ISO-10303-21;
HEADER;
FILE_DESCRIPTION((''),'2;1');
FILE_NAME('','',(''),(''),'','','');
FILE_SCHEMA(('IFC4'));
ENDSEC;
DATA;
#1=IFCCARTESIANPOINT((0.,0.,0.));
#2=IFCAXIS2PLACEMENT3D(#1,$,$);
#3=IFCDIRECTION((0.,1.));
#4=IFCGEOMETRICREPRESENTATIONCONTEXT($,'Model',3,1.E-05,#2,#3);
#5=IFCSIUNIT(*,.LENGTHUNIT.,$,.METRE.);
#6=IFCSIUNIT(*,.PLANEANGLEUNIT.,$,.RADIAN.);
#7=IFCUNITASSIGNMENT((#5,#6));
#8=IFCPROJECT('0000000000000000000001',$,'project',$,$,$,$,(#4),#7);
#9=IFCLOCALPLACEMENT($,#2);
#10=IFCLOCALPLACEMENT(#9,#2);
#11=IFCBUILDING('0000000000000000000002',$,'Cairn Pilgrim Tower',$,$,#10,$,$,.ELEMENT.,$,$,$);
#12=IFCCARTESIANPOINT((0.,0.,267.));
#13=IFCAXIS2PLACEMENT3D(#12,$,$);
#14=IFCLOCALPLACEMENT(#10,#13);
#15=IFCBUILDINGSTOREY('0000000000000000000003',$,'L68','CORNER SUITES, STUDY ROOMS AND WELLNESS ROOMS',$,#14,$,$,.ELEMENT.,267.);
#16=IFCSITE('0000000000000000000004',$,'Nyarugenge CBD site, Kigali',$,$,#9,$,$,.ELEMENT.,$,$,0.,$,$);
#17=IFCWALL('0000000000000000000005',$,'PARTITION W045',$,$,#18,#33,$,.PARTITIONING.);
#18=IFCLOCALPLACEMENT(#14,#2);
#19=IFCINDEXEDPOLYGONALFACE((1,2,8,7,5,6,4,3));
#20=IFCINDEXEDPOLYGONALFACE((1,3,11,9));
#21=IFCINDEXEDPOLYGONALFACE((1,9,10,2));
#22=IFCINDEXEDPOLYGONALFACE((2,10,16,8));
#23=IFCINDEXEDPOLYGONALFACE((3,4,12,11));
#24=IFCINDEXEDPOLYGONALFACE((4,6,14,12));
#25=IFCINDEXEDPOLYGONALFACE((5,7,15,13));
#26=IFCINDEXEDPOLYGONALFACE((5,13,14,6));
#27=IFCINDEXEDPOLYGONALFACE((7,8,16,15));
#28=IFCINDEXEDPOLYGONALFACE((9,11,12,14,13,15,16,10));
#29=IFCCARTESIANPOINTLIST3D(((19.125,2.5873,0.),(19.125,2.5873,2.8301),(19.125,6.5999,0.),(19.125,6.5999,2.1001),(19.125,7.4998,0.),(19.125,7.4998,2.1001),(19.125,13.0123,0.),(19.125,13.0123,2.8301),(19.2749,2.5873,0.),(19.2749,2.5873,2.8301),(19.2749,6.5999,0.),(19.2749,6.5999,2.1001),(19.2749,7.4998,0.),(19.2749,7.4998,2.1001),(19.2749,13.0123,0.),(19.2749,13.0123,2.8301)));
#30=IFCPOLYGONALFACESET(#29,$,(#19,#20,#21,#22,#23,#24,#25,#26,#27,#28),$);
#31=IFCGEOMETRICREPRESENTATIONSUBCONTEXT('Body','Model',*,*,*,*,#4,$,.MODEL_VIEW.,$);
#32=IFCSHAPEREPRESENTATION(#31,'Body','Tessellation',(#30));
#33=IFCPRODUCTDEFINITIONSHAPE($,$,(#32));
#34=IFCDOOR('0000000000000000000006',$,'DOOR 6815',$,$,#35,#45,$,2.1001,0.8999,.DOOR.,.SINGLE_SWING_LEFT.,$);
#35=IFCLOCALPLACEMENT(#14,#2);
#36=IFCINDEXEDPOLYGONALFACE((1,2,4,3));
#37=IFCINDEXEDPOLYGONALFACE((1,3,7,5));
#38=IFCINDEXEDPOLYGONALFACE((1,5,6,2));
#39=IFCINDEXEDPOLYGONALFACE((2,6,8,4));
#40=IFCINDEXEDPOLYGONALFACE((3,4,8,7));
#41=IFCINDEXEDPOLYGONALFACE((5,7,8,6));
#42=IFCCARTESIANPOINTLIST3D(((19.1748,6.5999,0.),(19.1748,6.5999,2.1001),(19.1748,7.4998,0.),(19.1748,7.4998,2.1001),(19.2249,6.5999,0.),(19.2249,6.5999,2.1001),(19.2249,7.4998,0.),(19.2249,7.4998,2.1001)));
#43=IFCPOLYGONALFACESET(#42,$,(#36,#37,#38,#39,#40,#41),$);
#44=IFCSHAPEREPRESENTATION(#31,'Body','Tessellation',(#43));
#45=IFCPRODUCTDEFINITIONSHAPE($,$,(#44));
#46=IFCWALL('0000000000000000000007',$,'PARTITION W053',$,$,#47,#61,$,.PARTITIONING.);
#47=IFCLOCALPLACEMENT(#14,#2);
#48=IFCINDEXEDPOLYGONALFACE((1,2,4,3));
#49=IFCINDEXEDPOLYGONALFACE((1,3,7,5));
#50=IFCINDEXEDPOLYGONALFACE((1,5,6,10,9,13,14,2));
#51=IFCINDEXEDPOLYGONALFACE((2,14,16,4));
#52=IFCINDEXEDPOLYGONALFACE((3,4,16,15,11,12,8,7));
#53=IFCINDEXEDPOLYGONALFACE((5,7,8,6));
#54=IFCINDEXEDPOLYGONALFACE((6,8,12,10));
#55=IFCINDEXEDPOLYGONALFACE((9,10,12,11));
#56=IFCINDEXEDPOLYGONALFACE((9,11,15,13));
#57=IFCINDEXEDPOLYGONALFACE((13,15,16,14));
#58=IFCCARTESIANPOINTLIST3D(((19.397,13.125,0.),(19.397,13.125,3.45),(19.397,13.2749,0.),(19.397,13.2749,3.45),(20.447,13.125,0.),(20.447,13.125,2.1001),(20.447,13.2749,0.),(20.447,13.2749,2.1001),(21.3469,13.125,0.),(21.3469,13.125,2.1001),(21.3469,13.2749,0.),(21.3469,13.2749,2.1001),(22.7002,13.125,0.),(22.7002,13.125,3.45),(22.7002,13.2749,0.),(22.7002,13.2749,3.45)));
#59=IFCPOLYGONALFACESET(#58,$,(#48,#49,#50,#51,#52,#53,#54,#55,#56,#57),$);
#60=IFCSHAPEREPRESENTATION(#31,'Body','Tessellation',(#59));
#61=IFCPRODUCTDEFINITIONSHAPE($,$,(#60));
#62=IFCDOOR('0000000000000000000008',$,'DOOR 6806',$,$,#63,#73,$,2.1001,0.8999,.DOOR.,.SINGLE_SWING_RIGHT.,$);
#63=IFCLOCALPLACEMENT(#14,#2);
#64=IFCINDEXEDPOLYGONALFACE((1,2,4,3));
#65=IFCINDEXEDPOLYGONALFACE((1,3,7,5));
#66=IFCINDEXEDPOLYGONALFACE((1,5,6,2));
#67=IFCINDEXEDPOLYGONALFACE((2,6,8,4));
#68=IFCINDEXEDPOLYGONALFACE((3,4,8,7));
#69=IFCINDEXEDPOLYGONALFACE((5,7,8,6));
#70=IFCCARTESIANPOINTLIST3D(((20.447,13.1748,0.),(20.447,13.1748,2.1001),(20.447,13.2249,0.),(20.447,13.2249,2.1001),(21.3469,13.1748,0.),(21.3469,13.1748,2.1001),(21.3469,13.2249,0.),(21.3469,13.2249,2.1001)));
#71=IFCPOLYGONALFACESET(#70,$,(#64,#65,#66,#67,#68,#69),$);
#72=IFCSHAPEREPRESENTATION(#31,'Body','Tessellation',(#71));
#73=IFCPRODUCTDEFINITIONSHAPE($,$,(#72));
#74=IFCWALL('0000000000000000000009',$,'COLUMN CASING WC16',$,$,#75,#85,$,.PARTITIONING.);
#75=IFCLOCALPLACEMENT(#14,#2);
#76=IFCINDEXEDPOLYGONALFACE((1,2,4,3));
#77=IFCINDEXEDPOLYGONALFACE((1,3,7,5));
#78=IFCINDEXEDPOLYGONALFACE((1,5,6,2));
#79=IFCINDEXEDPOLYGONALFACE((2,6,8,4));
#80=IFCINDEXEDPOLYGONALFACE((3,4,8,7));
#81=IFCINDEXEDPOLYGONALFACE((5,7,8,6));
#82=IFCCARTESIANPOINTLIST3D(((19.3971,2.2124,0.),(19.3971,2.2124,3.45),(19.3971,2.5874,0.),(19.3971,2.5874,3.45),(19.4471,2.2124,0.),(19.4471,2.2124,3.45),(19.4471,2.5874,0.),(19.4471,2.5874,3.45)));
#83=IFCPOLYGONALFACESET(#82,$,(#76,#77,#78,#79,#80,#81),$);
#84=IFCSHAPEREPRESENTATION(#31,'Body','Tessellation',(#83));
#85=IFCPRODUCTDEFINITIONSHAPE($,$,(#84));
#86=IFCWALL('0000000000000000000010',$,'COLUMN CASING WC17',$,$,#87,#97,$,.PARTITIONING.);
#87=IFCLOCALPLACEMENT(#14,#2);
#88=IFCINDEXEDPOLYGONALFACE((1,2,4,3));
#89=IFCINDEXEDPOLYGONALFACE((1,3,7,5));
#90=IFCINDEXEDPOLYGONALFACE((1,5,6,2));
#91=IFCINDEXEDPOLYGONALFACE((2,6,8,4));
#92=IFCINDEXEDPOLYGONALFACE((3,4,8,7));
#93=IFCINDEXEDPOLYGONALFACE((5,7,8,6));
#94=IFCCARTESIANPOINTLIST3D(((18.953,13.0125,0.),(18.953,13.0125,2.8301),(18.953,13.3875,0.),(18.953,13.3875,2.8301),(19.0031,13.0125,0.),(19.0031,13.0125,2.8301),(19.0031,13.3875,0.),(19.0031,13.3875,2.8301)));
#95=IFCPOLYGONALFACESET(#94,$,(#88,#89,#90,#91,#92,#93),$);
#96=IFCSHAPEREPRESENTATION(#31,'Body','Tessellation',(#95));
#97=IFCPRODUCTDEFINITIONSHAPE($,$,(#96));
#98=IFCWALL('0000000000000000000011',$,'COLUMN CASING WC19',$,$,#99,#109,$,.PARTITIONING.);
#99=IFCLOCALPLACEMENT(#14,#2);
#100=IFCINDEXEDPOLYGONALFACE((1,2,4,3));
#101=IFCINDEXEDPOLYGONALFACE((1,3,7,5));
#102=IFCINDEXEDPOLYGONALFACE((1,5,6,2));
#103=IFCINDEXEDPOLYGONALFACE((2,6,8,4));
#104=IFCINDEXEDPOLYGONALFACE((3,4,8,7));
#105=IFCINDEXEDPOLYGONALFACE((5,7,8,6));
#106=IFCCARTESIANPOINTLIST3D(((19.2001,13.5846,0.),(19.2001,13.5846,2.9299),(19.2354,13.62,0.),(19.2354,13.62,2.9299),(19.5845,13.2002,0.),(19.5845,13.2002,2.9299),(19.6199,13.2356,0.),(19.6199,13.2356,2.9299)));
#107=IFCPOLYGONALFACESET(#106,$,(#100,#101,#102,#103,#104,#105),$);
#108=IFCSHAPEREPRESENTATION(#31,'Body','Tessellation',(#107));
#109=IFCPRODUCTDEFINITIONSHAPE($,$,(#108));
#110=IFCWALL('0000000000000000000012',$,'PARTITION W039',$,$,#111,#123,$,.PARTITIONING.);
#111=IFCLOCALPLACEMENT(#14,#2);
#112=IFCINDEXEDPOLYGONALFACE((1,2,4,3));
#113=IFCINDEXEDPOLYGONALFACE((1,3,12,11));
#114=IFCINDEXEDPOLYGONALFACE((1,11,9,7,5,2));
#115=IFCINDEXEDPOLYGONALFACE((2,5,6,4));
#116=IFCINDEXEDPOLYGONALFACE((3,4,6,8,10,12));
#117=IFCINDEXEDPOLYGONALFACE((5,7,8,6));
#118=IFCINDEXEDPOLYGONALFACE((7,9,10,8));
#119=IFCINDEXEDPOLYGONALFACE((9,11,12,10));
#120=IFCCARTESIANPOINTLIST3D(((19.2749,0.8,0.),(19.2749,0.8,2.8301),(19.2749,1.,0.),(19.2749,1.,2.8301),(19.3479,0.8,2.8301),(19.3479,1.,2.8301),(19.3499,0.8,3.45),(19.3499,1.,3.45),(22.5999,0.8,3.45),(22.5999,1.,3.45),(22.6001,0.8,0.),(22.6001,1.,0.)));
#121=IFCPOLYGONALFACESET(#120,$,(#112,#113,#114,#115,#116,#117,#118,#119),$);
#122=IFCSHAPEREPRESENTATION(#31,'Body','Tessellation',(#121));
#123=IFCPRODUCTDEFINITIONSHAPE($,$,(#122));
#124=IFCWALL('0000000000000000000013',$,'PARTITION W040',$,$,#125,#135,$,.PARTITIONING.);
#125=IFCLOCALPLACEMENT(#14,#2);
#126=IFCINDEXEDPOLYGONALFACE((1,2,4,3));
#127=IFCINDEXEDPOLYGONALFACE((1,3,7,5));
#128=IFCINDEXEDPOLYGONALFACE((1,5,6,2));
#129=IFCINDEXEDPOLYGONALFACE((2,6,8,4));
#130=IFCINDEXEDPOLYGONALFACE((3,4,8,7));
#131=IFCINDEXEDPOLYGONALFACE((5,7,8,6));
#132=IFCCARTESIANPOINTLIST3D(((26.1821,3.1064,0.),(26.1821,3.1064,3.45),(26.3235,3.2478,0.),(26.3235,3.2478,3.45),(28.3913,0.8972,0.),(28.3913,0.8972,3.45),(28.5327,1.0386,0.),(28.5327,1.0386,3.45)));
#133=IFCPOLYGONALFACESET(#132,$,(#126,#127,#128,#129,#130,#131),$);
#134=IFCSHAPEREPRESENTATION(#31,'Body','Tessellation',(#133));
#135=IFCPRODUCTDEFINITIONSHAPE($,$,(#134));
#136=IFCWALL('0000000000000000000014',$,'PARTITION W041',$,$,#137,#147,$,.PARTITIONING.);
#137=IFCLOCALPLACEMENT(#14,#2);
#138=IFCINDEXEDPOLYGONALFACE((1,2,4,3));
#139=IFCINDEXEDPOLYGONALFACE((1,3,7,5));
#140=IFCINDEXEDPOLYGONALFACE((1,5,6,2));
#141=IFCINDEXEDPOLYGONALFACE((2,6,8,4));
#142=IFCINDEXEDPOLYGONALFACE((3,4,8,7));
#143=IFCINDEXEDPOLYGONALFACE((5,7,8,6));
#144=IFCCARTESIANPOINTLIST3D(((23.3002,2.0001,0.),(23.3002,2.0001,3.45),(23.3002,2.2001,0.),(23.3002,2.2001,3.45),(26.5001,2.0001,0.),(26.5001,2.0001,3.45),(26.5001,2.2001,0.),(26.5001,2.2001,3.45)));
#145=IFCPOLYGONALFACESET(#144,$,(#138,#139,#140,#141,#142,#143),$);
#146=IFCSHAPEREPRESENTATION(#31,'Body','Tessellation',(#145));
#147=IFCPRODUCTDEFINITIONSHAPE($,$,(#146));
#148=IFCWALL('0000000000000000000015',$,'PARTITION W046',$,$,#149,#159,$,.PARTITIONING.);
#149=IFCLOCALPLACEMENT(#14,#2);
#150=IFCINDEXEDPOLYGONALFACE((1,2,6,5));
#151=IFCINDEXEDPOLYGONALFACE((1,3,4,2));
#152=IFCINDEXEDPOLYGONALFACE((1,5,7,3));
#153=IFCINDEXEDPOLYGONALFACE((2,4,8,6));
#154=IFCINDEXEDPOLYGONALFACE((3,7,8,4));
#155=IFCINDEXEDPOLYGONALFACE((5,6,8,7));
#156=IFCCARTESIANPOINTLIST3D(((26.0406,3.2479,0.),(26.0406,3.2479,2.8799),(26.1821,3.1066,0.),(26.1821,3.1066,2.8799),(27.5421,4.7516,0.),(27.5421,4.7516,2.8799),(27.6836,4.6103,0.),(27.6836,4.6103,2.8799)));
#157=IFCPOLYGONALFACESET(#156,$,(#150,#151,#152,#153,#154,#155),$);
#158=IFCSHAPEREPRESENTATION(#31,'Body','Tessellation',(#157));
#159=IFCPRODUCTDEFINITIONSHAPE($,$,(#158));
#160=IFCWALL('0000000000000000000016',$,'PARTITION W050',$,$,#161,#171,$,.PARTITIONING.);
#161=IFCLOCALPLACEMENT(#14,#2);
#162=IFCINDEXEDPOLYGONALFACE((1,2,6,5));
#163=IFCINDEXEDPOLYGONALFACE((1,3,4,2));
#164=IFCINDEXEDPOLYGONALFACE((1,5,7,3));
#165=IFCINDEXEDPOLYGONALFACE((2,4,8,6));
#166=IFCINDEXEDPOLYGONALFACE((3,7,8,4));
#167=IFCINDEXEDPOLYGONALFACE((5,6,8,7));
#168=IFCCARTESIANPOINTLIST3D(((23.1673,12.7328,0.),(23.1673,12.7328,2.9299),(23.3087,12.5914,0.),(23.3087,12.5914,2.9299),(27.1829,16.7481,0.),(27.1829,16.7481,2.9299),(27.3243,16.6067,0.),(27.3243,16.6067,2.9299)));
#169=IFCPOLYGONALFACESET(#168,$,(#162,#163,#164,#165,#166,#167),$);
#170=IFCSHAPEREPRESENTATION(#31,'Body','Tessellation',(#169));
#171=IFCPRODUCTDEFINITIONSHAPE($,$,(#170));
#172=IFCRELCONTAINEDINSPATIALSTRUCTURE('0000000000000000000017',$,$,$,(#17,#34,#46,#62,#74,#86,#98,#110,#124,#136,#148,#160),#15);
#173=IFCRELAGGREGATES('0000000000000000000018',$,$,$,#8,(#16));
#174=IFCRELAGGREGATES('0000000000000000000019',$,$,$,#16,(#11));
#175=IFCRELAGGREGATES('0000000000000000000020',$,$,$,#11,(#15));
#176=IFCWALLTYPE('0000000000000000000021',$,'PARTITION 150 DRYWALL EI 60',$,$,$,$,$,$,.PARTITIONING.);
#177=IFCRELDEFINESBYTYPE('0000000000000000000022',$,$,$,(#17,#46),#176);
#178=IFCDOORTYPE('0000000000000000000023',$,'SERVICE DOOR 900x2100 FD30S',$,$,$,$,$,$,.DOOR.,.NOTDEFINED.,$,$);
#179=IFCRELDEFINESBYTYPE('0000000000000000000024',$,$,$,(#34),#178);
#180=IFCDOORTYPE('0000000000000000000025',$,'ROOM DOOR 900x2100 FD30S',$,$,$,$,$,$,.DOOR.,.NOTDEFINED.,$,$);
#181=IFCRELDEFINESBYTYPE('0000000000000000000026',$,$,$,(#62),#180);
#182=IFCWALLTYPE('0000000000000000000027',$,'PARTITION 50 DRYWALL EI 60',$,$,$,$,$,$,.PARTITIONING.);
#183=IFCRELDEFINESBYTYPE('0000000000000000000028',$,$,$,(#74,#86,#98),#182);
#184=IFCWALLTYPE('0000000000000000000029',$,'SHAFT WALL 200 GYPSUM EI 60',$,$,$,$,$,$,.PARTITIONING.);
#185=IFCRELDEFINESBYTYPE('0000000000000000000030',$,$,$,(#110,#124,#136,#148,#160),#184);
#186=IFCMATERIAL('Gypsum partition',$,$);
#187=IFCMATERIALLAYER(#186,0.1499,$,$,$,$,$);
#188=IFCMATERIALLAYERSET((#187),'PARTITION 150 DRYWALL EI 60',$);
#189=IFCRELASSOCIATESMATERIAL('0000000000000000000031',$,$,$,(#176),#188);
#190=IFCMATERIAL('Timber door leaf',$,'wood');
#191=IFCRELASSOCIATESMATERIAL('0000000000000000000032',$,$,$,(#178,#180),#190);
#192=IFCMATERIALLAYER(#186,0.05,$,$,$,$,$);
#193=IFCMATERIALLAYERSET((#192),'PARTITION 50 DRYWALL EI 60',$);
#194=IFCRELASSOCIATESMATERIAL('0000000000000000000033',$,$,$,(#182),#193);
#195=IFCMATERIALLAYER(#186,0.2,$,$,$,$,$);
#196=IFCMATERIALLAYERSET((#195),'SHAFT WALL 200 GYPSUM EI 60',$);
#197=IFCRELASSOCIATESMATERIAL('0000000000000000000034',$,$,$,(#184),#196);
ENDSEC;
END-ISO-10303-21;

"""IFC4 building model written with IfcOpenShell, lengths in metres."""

from ifc_helpers import new_model, si_unit, direction, frame, frame_2d, origin, place, context, subcontext, project, spatial, polyline, rectangle, outline, extrude, material, layer, layer_set, type_object, element, fill, save


model = new_model("IFC4")

# Units and contexts
model_context = context("Model", 3, precision=1e-05, world=origin(), true_north=direction((0.0, 1.0)))
body_context = subcontext(model_context, "Body", "Model", "MODEL_VIEW")
ifc_project = project(units=[si_unit("LENGTHUNIT", "METRE"), si_unit("PLANEANGLEUNIT", "RADIAN")], contexts=[model_context])

# Site, building, storey
site_placement = place(None, origin())
site = spatial("IfcSite", under=ifc_project, at=site_placement, Name="Nyarugenge CBD site, Kigali", CompositionType="ELEMENT", RefElevation=0.0)
building_placement = place(site_placement, origin())
building = spatial("IfcBuilding", under=site, at=building_placement, Name="Cairn Pilgrim Tower", CompositionType="ELEMENT")
storey_placement = place(building_placement, frame((0.0, 0.0, 267.0)))
storey = spatial("IfcBuildingStorey", under=building, at=storey_placement, Name="L68", Description="CORNER SUITES, STUDY ROOMS AND WELLNESS ROOMS", CompositionType="ELEMENT", Elevation=267.0)

# Walls, openings, doors
ifc_material_1 = material(Name="Gypsum partition")
ifc_material_2 = material(Name="Timber door leaf", Category="wood")
ifc_layer_1 = layer(ifc_material_1, 0.1499)
ifc_layer_set_1 = layer_set([ifc_layer_1], Name="PARTITION 150 DRYWALL EI 60")
wall_type_1 = type_object("IfcWallType", Name="PARTITION 150 DRYWALL EI 60", PredefinedType="PARTITIONING", material=ifc_layer_set_1)
wall_1_placement = place(storey_placement, frame((19.2, 2.5874, 0.0), z_axis=(0.0, 0.0, 1.0), x_axis=(0.0, 1.0, 0.0)))
wall_1 = element("IfcWall", 1, at=wall_1_placement, inside=storey, type_object=wall_type_1, Name="PARTITION W045", PredefinedType="PARTITIONING", context=body_context, shape_type="SweptSolid", body=[
    extrude(rectangle(XDim=10.425, YDim=0.1499, at=frame_2d((5.2124, 0.0))), origin(), (0.0, 0.0, 1.0), 2.8301),
])
opening_1_placement = place(wall_1_placement, frame((4.0125, 0.0, 0.0)))
opening_1 = element("IfcOpeningElement", 2, at=opening_1_placement, cuts=wall_1, PredefinedType="OPENING", context=body_context, shape_type="SweptSolid", body=[
    extrude(rectangle(XDim=0.8999, YDim=2.1001, at=frame_2d((0.45, 1.05))), frame((0.0, 0.085, 0.0), z_axis=(0.0, -1.0, 0.0), x_axis=(1.0, 0.0, 0.0)), (0.0, 0.0, 1.0), 0.1699),
])
door_type_1 = type_object("IfcDoorType", Name="SERVICE DOOR 900x2100 FD30S", OperationType="NOTDEFINED", PredefinedType="DOOR", material=ifc_material_2)
door_1_placement = place(opening_1_placement, frame((0.8999, 0.0, 0.0), z_axis=(0.0, 0.0, 1.0), x_axis=(-1.0, 0.0, 0.0)))
door_1 = element("IfcDoor", 3, at=door_1_placement, inside=storey, type_object=door_type_1, Name="DOOR 6815", OperationType="SINGLE_SWING_LEFT", OverallHeight=2.1001, OverallWidth=0.8999, PredefinedType="DOOR", context=body_context, shape_type="SweptSolid", body=[
    extrude(rectangle(XDim=0.8999, YDim=2.1001, at=frame_2d((0.45, 1.05))), frame((0.0, 0.0249, 0.0), z_axis=(0.0, -1.0, 0.0), x_axis=(1.0, 0.0, 0.0)), (0.0, 0.0, 1.0), 0.05),
])
fill(opening_1, door_1)
wall_2_placement = place(storey_placement, frame((19.397, 13.2, 0.0), z_axis=(0.0, 0.0, 1.0), x_axis=(1.0, 0.0, 0.0)))
wall_2 = element("IfcWall", 4, at=wall_2_placement, inside=storey, type_object=wall_type_1, Name="PARTITION W053", PredefinedType="PARTITIONING", context=body_context, shape_type="SweptSolid", body=[
    extrude(rectangle(XDim=3.3032, YDim=0.1499, at=frame_2d((1.6516, 0.0))), origin(), (0.0, 0.0, 1.0), 3.45),
])
opening_2_placement = place(wall_2_placement, frame((1.05, 0.0, 0.0)))
opening_2 = element("IfcOpeningElement", 5, at=opening_2_placement, cuts=wall_2, PredefinedType="OPENING", context=body_context, shape_type="SweptSolid", body=[
    extrude(rectangle(XDim=0.8999, YDim=2.1001, at=frame_2d((0.45, 1.05))), frame((0.0, 0.085, 0.0), z_axis=(0.0, -1.0, 0.0), x_axis=(1.0, 0.0, 0.0)), (0.0, 0.0, 1.0), 0.1699),
])
door_type_2 = type_object("IfcDoorType", Name="ROOM DOOR 900x2100 FD30S", OperationType="NOTDEFINED", PredefinedType="DOOR", material=ifc_material_2)
door_2_placement = place(opening_2_placement, origin())
door_2 = element("IfcDoor", 6, at=door_2_placement, inside=storey, type_object=door_type_2, Name="DOOR 6806", OperationType="SINGLE_SWING_RIGHT", OverallHeight=2.1001, OverallWidth=0.8999, PredefinedType="DOOR", context=body_context, shape_type="SweptSolid", body=[
    extrude(rectangle(XDim=0.8999, YDim=2.1001, at=frame_2d((0.45, 1.05))), frame((0.0, 0.0249, 0.0), z_axis=(0.0, -1.0, 0.0), x_axis=(1.0, 0.0, 0.0)), (0.0, 0.0, 1.0), 0.05),
])
fill(opening_2, door_2)

# Walls
ifc_layer_2 = layer(ifc_material_1, 0.05)
ifc_layer_set_2 = layer_set([ifc_layer_2], Name="PARTITION 50 DRYWALL EI 60")
wall_type_2 = type_object("IfcWallType", Name="PARTITION 50 DRYWALL EI 60", PredefinedType="PARTITIONING", material=ifc_layer_set_2)
wall_3_placement = place(storey_placement, frame((19.4221, 2.2124, 0.0), z_axis=(0.0, 0.0, 1.0), x_axis=(0.0, 1.0, 0.0)))
element("IfcWall", 7, at=wall_3_placement, inside=storey, type_object=wall_type_2, Name="COLUMN CASING WC16", PredefinedType="PARTITIONING", context=body_context, shape_type="SweptSolid", body=[
    extrude(rectangle(XDim=0.375, YDim=0.05, at=frame_2d((0.1875, 0.0))), origin(), (0.0, 0.0, 1.0), 3.45),
])
wall_4_placement = place(storey_placement, frame((18.978, 13.0125, 0.0), z_axis=(0.0, 0.0, 1.0), x_axis=(0.0, 1.0, 0.0)))
element("IfcWall", 8, at=wall_4_placement, inside=storey, type_object=wall_type_2, Name="COLUMN CASING WC17", PredefinedType="PARTITIONING", context=body_context, shape_type="SweptSolid", body=[
    extrude(rectangle(XDim=0.375, YDim=0.05, at=frame_2d((0.1875, 0.0))), origin(), (0.0, 0.0, 1.0), 2.8301),
])
wall_5_placement = place(storey_placement, frame((19.6023, 13.2178, 0.0), z_axis=(0.0, 0.0, 1.0), x_axis=(-0.707107, 0.707107, 0.0)))
element("IfcWall", 9, at=wall_5_placement, inside=storey, type_object=wall_type_2, Name="COLUMN CASING WC19", PredefinedType="PARTITIONING", context=body_context, shape_type="SweptSolid", body=[
    extrude(rectangle(XDim=0.5437, YDim=0.05, at=frame_2d((0.272, 0.0))), origin(), (0.0, 0.0, 1.0), 2.9299),
])
ifc_layer_3 = layer(ifc_material_1, 0.2)
ifc_layer_set_3 = layer_set([ifc_layer_3], Name="SHAFT WALL 200 GYPSUM EI 60")
wall_type_3 = type_object("IfcWallType", Name="SHAFT WALL 200 GYPSUM EI 60", PredefinedType="PARTITIONING", material=ifc_layer_set_3)
wall_6_placement = place(storey_placement, frame((19.2749, 0.8999, 0.0), z_axis=(0.0, 0.0, 1.0), x_axis=(1.0, 0.0, 0.0)))
element("IfcWall", 10, at=wall_6_placement, inside=storey, type_object=wall_type_3, Name="PARTITION W039", PredefinedType="PARTITIONING", context=body_context, shape_type="SweptSolid", body=[
    extrude(outline(polyline([(0.0, 0.0), (3.3252, 0.0), (3.325, 3.45), (0.075, 3.45), (0.073, 2.8301), (0.0, 2.8301), (0.0, 0.0)])), frame((0.0, 0.1001, 0.0), z_axis=(0.0, -1.0, 0.0), x_axis=(1.0, 0.0, 0.0)), (0.0, 0.0, 1.0), 0.2),
])
wall_7_placement = place(storey_placement, frame((28.4619, 0.968, 0.0), z_axis=(0.0, 0.0, 1.0), x_axis=(-0.707107, 0.707107, 0.0)))
element("IfcWall", 11, at=wall_7_placement, inside=storey, type_object=wall_type_3, Name="PARTITION W040", PredefinedType="PARTITIONING", context=body_context, shape_type="SweptSolid", body=[
    extrude(rectangle(XDim=3.1243, YDim=0.2, at=frame_2d((1.562, 0.0))), origin(), (0.0, 0.0, 1.0), 3.45),
])
wall_8_placement = place(storey_placement, frame((23.3, 2.1001, 0.0), z_axis=(0.0, 0.0, 1.0), x_axis=(1.0, 0.0, 0.0)))
element("IfcWall", 12, at=wall_8_placement, inside=storey, type_object=wall_type_3, Name="PARTITION W041", PredefinedType="PARTITIONING", context=body_context, shape_type="SweptSolid", body=[
    extrude(rectangle(XDim=3.2, YDim=0.2, at=frame_2d((1.6001, 0.0))), origin(), (0.0, 0.0, 1.0), 3.45),
])
wall_9_placement = place(storey_placement, frame((26.1113, 3.1772, 0.0), z_axis=(0.0, 0.0, 1.0), x_axis=(0.70659, 0.707624, 0.0)))
element("IfcWall", 13, at=wall_9_placement, inside=storey, type_object=wall_type_3, Name="PARTITION W046", PredefinedType="PARTITIONING", context=body_context, shape_type="SweptSolid", body=[
    extrude(rectangle(XDim=2.125, YDim=0.2, at=frame_2d((1.0625, 0.0))), origin(), (0.0, 0.0, 1.0), 2.8799),
])
wall_10_placement = place(storey_placement, frame((23.238, 12.6621, 0.0), z_axis=(0.0, 0.0, 1.0), x_axis=(0.707128, 0.707085, 0.0)))
element("IfcWall", 14, at=wall_10_placement, inside=storey, type_object=wall_type_3, Name="PARTITION W050", PredefinedType="PARTITIONING", context=body_context, shape_type="SweptSolid", body=[
    extrude(rectangle(XDim=5.6787, YDim=0.2, at=frame_2d((2.8394, 0.0))), origin(), (0.0, 0.0, 1.0), 2.9299),
])

save(model, "model.ifc")
